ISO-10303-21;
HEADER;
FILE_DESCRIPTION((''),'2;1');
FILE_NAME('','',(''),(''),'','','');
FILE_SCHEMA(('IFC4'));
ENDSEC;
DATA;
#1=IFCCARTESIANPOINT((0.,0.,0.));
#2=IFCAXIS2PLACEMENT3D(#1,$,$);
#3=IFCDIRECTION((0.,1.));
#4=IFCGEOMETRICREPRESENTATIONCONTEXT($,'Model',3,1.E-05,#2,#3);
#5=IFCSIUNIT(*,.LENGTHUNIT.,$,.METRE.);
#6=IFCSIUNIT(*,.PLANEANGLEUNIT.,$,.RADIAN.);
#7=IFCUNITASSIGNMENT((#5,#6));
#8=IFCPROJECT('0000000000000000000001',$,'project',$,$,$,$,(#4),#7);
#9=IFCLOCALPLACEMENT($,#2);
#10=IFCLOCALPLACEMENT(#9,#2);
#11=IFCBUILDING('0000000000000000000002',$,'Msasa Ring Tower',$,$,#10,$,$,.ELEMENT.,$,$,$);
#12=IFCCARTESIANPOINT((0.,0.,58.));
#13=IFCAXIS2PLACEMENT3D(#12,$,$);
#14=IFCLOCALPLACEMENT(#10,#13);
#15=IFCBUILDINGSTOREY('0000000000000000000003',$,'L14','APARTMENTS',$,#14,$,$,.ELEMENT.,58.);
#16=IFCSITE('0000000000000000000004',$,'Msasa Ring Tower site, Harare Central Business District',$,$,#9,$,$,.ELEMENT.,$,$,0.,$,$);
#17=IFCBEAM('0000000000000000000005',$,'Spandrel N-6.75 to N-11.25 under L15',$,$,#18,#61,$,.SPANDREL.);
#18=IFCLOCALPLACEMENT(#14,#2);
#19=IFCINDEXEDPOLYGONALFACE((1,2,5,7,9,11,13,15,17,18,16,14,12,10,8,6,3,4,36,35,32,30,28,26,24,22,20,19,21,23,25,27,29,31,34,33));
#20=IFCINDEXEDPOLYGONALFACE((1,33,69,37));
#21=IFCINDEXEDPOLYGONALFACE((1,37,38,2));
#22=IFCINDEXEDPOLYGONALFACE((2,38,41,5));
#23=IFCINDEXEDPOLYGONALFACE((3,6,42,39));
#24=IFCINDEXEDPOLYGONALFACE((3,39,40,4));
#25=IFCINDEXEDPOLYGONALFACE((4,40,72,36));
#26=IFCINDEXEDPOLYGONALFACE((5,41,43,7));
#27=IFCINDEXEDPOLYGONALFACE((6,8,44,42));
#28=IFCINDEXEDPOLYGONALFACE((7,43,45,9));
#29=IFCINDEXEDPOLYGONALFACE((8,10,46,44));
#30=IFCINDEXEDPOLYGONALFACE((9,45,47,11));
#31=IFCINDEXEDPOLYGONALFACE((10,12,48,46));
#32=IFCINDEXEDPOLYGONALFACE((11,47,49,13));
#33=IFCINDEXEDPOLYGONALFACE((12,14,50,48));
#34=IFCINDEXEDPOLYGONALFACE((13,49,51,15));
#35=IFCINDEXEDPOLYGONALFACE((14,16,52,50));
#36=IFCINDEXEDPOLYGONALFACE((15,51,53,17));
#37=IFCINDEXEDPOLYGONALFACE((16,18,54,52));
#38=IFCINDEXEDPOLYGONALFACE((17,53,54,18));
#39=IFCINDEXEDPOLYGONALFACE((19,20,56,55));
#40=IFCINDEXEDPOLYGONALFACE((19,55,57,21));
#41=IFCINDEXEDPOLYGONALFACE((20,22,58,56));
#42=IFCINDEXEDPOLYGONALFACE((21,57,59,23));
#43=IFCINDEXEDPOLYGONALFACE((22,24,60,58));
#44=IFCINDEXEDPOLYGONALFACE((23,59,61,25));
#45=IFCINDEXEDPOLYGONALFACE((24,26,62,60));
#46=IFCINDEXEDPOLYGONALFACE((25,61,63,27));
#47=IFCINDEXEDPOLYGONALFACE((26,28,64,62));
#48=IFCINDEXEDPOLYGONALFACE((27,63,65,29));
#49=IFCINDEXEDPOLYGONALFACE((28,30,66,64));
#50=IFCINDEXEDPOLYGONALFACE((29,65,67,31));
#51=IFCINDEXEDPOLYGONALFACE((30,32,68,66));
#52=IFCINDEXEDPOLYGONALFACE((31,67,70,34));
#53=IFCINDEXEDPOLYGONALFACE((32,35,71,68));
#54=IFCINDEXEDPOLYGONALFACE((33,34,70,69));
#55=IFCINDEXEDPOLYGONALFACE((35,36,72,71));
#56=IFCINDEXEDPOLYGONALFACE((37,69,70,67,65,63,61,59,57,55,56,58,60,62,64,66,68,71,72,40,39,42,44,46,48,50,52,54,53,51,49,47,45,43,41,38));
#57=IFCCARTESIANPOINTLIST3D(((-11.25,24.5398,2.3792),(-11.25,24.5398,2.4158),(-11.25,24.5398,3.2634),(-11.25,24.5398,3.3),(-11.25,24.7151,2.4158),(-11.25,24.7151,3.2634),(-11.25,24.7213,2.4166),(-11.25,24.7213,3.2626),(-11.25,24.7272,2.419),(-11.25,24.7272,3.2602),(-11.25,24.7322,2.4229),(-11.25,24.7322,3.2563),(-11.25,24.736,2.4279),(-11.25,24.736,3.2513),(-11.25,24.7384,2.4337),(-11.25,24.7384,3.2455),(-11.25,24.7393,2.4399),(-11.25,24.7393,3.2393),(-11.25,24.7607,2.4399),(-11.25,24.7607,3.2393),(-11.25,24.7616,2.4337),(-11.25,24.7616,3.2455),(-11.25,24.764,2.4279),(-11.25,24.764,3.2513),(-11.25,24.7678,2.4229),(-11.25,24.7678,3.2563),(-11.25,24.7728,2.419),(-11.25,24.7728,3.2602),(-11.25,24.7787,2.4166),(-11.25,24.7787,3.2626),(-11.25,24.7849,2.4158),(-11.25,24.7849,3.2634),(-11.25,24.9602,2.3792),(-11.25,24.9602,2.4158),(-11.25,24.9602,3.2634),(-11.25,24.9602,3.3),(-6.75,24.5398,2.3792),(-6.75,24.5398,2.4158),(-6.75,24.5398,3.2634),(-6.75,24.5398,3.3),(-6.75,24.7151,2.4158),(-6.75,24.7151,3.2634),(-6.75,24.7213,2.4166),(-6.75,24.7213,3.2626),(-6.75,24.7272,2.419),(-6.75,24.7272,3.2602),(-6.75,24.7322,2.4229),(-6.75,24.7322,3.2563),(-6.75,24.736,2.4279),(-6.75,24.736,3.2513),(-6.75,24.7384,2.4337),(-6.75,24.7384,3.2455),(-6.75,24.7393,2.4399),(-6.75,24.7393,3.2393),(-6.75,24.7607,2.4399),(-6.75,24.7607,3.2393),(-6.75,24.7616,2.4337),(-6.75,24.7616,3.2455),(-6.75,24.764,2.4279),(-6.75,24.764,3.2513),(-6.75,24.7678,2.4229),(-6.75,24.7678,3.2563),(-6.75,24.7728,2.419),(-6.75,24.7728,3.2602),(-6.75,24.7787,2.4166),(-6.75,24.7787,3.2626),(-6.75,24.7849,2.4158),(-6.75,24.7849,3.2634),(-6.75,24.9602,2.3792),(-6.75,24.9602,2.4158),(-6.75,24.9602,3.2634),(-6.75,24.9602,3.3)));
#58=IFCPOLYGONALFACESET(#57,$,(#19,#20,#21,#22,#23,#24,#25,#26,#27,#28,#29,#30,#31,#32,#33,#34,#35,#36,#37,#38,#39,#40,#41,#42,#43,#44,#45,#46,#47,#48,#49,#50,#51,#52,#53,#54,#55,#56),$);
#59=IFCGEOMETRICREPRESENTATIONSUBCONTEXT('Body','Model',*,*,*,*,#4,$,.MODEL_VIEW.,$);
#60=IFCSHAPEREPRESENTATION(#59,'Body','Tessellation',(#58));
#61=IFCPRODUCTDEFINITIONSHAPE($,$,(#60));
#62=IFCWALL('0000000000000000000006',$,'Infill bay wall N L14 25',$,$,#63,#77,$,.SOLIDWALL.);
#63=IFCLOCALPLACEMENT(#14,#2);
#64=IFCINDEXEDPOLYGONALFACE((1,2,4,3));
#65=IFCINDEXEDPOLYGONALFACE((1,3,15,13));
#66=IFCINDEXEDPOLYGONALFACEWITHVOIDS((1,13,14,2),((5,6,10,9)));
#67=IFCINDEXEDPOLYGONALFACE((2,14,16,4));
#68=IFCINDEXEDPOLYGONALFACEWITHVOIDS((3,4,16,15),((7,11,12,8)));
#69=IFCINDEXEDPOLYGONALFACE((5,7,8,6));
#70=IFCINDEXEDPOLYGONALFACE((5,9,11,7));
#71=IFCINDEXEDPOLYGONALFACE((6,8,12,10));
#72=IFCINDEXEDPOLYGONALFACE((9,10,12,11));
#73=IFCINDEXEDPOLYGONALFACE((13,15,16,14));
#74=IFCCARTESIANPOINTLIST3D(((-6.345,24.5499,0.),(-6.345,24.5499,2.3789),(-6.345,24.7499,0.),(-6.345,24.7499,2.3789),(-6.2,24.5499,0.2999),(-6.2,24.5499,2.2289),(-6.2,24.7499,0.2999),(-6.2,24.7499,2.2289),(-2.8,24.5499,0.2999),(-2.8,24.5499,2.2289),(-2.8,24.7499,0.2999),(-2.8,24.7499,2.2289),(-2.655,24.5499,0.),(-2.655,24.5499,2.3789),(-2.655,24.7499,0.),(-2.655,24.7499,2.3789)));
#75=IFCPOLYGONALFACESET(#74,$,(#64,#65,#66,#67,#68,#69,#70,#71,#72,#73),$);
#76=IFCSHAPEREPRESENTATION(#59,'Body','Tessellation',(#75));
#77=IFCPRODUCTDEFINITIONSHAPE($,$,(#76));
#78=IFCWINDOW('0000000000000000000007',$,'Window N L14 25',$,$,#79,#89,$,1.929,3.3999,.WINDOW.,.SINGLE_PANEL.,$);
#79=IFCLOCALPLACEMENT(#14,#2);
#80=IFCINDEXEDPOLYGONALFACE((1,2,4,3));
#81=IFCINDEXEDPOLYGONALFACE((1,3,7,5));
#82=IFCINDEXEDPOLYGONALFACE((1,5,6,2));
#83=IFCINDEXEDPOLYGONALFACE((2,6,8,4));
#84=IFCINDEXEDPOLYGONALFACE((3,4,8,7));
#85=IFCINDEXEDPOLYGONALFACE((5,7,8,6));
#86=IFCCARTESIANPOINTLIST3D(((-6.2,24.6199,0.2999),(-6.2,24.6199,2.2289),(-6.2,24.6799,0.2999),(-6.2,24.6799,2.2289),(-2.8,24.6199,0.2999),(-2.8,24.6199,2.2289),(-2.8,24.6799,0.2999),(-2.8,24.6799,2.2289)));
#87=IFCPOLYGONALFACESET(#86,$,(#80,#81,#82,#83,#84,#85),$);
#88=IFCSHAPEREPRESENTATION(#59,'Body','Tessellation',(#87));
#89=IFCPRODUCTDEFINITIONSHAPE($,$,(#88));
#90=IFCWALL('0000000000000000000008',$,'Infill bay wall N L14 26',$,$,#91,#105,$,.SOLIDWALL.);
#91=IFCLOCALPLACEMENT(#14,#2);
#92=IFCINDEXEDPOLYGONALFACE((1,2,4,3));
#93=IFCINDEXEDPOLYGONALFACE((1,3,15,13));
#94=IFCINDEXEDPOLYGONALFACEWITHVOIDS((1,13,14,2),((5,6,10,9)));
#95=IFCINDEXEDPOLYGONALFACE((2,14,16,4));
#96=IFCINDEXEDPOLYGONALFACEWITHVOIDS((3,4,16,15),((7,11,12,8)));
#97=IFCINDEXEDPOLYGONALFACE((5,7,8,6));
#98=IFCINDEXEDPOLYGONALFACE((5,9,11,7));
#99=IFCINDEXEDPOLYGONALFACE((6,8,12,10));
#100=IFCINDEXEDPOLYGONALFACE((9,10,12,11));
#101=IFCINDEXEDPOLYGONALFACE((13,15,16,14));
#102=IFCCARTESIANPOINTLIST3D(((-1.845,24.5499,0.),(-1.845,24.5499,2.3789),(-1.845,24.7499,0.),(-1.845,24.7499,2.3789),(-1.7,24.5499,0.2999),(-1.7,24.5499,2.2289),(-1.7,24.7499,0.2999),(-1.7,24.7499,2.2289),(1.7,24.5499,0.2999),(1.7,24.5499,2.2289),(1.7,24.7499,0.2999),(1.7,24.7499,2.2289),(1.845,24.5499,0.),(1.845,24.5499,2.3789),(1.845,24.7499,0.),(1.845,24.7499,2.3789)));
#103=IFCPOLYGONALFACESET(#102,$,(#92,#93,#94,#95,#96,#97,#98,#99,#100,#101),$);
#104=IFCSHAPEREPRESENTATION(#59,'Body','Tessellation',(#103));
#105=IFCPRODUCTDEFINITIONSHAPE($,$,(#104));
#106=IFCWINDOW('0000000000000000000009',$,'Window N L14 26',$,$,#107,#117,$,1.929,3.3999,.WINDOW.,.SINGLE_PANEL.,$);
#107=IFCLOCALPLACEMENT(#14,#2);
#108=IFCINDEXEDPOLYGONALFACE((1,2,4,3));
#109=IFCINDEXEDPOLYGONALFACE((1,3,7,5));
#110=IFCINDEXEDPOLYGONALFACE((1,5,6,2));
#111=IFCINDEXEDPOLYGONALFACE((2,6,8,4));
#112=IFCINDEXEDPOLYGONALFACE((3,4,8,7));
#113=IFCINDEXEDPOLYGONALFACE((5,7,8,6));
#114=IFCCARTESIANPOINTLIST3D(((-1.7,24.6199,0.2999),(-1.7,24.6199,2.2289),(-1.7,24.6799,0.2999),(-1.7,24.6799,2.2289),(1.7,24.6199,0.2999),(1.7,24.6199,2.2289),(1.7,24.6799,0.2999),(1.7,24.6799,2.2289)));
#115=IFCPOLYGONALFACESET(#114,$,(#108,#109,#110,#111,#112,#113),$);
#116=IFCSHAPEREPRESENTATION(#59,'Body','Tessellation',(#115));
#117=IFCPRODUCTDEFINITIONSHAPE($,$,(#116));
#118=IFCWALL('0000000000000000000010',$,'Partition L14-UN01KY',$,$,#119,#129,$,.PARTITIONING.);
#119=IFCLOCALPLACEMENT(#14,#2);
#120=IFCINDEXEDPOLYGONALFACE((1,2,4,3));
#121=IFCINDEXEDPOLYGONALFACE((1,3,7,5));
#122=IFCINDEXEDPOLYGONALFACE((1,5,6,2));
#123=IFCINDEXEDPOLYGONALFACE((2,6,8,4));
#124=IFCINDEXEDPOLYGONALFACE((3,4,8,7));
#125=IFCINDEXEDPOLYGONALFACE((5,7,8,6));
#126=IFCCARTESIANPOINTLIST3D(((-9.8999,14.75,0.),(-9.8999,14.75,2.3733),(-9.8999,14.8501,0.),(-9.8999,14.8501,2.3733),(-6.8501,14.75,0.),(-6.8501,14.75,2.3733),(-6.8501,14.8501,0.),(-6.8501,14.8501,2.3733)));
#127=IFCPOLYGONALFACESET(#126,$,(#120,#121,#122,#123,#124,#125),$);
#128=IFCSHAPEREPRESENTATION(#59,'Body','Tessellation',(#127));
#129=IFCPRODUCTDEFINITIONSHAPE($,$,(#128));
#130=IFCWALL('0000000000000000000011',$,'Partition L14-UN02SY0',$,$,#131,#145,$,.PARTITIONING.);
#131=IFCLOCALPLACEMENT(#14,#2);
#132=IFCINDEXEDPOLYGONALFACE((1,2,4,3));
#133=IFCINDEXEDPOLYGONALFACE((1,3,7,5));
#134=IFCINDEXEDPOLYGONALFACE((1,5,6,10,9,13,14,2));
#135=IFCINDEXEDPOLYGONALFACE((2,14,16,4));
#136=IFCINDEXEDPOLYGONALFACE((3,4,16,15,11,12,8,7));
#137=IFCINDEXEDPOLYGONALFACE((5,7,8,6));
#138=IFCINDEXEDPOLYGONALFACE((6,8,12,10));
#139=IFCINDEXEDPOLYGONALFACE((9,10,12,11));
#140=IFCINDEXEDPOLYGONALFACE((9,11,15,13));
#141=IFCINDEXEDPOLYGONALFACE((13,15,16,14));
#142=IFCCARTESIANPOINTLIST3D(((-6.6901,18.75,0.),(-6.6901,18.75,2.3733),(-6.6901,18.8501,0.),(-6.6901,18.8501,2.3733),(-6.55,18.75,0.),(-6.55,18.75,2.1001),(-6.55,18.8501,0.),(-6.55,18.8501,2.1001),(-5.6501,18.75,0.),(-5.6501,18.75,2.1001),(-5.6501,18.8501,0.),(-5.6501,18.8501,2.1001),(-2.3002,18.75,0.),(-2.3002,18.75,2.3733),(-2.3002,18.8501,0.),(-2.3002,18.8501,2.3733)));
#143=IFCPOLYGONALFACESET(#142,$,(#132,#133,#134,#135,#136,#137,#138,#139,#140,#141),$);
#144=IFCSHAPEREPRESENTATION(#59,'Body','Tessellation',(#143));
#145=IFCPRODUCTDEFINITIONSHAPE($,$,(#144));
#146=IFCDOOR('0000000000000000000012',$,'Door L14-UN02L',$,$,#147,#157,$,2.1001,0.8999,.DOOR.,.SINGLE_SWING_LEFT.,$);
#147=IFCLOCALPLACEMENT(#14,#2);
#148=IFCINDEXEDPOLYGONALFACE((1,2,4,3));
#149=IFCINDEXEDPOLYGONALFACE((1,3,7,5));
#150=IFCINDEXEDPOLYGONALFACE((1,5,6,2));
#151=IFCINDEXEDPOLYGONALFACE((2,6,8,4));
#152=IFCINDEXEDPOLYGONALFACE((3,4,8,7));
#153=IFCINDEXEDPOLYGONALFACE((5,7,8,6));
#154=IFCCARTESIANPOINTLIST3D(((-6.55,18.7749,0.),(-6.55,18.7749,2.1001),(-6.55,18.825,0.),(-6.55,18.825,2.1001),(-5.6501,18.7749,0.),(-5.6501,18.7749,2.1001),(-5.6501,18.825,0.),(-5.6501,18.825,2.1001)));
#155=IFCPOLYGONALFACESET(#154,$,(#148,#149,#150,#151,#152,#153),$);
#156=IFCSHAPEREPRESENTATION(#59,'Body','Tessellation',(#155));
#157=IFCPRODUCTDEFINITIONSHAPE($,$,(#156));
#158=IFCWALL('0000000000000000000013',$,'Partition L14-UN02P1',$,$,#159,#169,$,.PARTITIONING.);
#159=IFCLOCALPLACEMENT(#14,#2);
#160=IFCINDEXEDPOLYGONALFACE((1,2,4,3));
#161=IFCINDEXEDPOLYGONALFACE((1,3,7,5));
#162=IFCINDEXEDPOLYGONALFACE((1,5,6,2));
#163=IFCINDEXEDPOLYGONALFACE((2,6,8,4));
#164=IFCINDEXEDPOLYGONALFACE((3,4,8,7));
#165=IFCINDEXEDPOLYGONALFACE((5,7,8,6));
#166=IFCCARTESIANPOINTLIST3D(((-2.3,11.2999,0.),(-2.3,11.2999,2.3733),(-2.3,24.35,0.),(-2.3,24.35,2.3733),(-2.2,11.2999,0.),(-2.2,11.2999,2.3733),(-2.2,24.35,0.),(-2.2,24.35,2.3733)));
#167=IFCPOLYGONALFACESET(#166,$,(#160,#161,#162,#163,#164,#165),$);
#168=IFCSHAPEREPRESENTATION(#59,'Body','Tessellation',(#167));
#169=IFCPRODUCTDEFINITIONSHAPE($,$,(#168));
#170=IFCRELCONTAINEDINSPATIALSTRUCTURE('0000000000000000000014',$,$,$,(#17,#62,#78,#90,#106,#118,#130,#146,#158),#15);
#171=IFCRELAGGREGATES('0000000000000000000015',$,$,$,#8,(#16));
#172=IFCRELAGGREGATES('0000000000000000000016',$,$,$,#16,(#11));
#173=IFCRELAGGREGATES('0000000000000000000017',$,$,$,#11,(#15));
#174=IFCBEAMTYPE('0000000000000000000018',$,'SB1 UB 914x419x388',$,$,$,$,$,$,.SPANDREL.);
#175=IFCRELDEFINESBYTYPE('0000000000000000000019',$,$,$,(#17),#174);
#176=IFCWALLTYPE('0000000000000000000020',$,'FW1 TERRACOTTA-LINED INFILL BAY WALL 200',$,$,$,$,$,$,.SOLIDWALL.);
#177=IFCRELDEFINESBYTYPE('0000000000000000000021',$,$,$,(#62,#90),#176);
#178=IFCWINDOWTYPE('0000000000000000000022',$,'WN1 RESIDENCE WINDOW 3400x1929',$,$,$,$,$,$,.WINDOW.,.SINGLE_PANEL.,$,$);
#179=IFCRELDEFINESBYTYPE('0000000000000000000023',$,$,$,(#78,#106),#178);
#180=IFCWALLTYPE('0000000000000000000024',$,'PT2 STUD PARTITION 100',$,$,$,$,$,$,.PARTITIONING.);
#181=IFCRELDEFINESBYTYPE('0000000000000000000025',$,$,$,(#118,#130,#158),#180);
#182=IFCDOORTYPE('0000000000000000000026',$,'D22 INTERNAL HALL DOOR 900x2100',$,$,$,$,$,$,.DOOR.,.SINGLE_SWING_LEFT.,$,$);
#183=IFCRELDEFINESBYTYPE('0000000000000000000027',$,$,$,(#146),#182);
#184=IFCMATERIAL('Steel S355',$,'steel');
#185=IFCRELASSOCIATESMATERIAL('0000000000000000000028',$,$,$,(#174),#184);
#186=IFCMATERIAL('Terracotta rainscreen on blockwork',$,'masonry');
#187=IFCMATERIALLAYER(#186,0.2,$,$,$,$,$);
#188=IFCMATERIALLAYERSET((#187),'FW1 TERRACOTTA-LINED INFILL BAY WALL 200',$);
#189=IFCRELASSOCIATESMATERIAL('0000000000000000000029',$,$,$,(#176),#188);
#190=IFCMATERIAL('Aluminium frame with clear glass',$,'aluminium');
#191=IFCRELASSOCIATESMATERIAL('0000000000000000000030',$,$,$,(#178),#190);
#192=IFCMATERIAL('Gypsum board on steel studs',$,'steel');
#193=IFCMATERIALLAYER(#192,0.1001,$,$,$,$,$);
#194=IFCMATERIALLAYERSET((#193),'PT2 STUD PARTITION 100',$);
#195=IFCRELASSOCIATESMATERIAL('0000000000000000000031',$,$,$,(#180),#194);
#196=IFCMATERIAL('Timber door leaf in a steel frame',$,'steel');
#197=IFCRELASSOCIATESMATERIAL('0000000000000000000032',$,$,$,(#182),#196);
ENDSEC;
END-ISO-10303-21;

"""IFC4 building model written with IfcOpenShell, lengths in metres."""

from ifc_helpers import new_model, si_unit, direction, frame, frame_2d, origin, origin_2d, place, context, subcontext, project, spatial, rectangle, i_section, extrude, material, layer, layer_set, material_profile, profile_set, type_object, element, fill, save


model = new_model("IFC4")

# Units and contexts
model_context = context("Model", 3, precision=1e-05, world=origin(), true_north=direction((0.0, 1.0)))
body_context = subcontext(model_context, "Body", "Model", "MODEL_VIEW")
ifc_project = project(units=[si_unit("LENGTHUNIT", "METRE"), si_unit("PLANEANGLEUNIT", "RADIAN")], contexts=[model_context])

# Site, building, storey
site_placement = place(None, origin())
site = spatial("IfcSite", under=ifc_project, at=site_placement, Name="Msasa Ring Tower site, Harare Central Business District", CompositionType="ELEMENT", RefElevation=0.0)
building_placement = place(site_placement, origin())
building = spatial("IfcBuilding", under=site, at=building_placement, Name="Msasa Ring Tower", CompositionType="ELEMENT")
storey_placement = place(building_placement, frame((0.0, 0.0, 58.0)))
storey = spatial("IfcBuildingStorey", under=building, at=storey_placement, Name="L14", Description="APARTMENTS", CompositionType="ELEMENT", Elevation=58.0)

# Beam
ifc_material_1 = material(Name="Steel S355", Category="steel")
ifc_material_profile_1 = material_profile(ifc_material_1, i_section(OverallWidth=0.4204, OverallDepth=0.9209, WebThickness=0.0215, FlangeThickness=0.0366, FilletRadius=0.0242, at=origin_2d()), Name="UB 914x419x388")
ifc_profile_set_1 = profile_set([ifc_material_profile_1], Name="Steel S355")
beam_type_1 = type_object("IfcBeamType", Name="SB1 UB 914x419x388", PredefinedType="SPANDREL", material=ifc_profile_set_1)
for number, where, z_axis, x_axis, name in (
    (1, (-6.75, 24.75, 2.8396), (-1.0, 0.0, 0.0), (0.0, -1.0, 0.0), "Spandrel N-6.75 to N-11.25 under L15"),
):
    element("IfcBeam", number, at=place(storey_placement, frame(where, z_axis=z_axis, x_axis=x_axis)), inside=storey, type_object=beam_type_1, Name=name, PredefinedType="SPANDREL", context=body_context, shape_type="SweptSolid", body=[
        extrude(i_section(OverallWidth=0.4204, OverallDepth=0.9209, WebThickness=0.0215, FlangeThickness=0.0366, FilletRadius=0.0242, at=origin_2d()), origin(), (0.0, 0.0, 1.0), 4.5),
    ])

# Walls, openings, windows
ifc_material_2 = material(Name="Terracotta rainscreen on blockwork", Category="masonry")
ifc_layer_1 = layer(ifc_material_2, 0.2)
ifc_layer_set_1 = layer_set([ifc_layer_1], Name="FW1 TERRACOTTA-LINED INFILL BAY WALL 200")
wall_type_1 = type_object("IfcWallType", Name="FW1 TERRACOTTA-LINED INFILL BAY WALL 200", PredefinedType="SOLIDWALL", material=ifc_layer_set_1)
wall_1_placement = place(storey_placement, frame((-6.345, 24.6499, 0.0), z_axis=(0.0, 0.0, 1.0), x_axis=(1.0, 0.0, 0.0)))
wall_1 = element("IfcWall", 2, at=wall_1_placement, inside=storey, type_object=wall_type_1, Name="Infill bay wall N L14 25", PredefinedType="SOLIDWALL", context=body_context, shape_type="SweptSolid", body=[
    extrude(rectangle(XDim=3.6899, YDim=0.2, at=frame_2d((1.845, 0.0))), origin(), (0.0, 0.0, 1.0), 2.3789),
])
opening_1_placement = place(wall_1_placement, frame((0.145, 0.0, 0.3)))
opening_1 = element("IfcOpeningElement", 3, at=opening_1_placement, cuts=wall_1, PredefinedType="OPENING", context=body_context, shape_type="SweptSolid", body=[
    extrude(rectangle(XDim=3.3999, YDim=1.929, at=frame_2d((1.7, 0.9644))), frame((0.0, 0.1099, 0.0), z_axis=(0.0, -1.0, 0.0), x_axis=(1.0, 0.0, 0.0)), (0.0, 0.0, 1.0), 0.22),
])
ifc_material_3 = material(Name="Aluminium frame with clear glass", Category="aluminium")
window_type = type_object("IfcWindowType", Name="WN1 RESIDENCE WINDOW 3400x1929", PartitioningType="SINGLE_PANEL", PredefinedType="WINDOW", material=ifc_material_3)
window_1_placement = place(opening_1_placement, origin())
window_1 = element("IfcWindow", 4, at=window_1_placement, inside=storey, type_object=window_type, Name="Window N L14 25", OverallHeight=1.929, OverallWidth=3.3999, PartitioningType="SINGLE_PANEL", PredefinedType="WINDOW", context=body_context, shape_type="SweptSolid", body=[
    extrude(rectangle(XDim=3.3999, YDim=1.929, at=frame_2d((1.7, 0.9644))), frame((0.0, 0.03, 0.0), z_axis=(0.0, -1.0, 0.0), x_axis=(1.0, 0.0, 0.0)), (0.0, 0.0, 1.0), 0.0601),
])
fill(opening_1, window_1)
wall_2_placement = place(storey_placement, frame((-1.845, 24.6499, 0.0), z_axis=(0.0, 0.0, 1.0), x_axis=(1.0, 0.0, 0.0)))
wall_2 = element("IfcWall", 5, at=wall_2_placement, inside=storey, type_object=wall_type_1, Name="Infill bay wall N L14 26", PredefinedType="SOLIDWALL", context=body_context, shape_type="SweptSolid", body=[
    extrude(rectangle(XDim=3.6899, YDim=0.2, at=frame_2d((1.845, 0.0))), origin(), (0.0, 0.0, 1.0), 2.3789),
])
opening_2_placement = place(wall_2_placement, frame((0.145, 0.0, 0.3)))
opening_2 = element("IfcOpeningElement", 6, at=opening_2_placement, cuts=wall_2, PredefinedType="OPENING", context=body_context, shape_type="SweptSolid", body=[
    extrude(rectangle(XDim=3.3999, YDim=1.929, at=frame_2d((1.7, 0.9644))), frame((0.0, 0.1099, 0.0), z_axis=(0.0, -1.0, 0.0), x_axis=(1.0, 0.0, 0.0)), (0.0, 0.0, 1.0), 0.22),
])
window_2_placement = place(opening_2_placement, origin())
window_2 = element("IfcWindow", 7, at=window_2_placement, inside=storey, type_object=window_type, Name="Window N L14 26", OverallHeight=1.929, OverallWidth=3.3999, PartitioningType="SINGLE_PANEL", PredefinedType="WINDOW", context=body_context, shape_type="SweptSolid", body=[
    extrude(rectangle(XDim=3.3999, YDim=1.929, at=frame_2d((1.7, 0.9644))), frame((0.0, 0.03, 0.0), z_axis=(0.0, -1.0, 0.0), x_axis=(1.0, 0.0, 0.0)), (0.0, 0.0, 1.0), 0.0601),
])
fill(opening_2, window_2)

# Wall
ifc_material_4 = material(Name="Gypsum board on steel studs", Category="steel")
ifc_layer_2 = layer(ifc_material_4, 0.1001)
ifc_layer_set_2 = layer_set([ifc_layer_2], Name="PT2 STUD PARTITION 100")
wall_type_2 = type_object("IfcWallType", Name="PT2 STUD PARTITION 100", PredefinedType="PARTITIONING", material=ifc_layer_set_2)
wall_3_placement = place(storey_placement, frame((-9.8999, 14.8, 0.0), z_axis=(0.0, 0.0, 1.0), x_axis=(1.0, 0.0, 0.0)))
element("IfcWall", 8, at=wall_3_placement, inside=storey, type_object=wall_type_2, Name="Partition L14-UN01KY", PredefinedType="PARTITIONING", context=body_context, shape_type="SweptSolid", body=[
    extrude(rectangle(XDim=3.0498, YDim=0.1001, at=frame_2d((1.5249, 0.0))), origin(), (0.0, 0.0, 1.0), 2.3733),
])

# Wall, opening, door
wall_4_placement = place(storey_placement, frame((-6.6899, 18.8, 0.0), z_axis=(0.0, 0.0, 1.0), x_axis=(1.0, 0.0, 0.0)))
wall_4 = element("IfcWall", 9, at=wall_4_placement, inside=storey, type_object=wall_type_2, Name="Partition L14-UN02SY0", PredefinedType="PARTITIONING", context=body_context, shape_type="SweptSolid", body=[
    extrude(rectangle(XDim=4.3899, YDim=0.1001, at=frame_2d((2.1948, 0.0))), origin(), (0.0, 0.0, 1.0), 2.3733),
])
opening_3_placement = place(wall_4_placement, frame((0.1399, 0.0, 0.0)))
opening_3 = element("IfcOpeningElement", 10, at=opening_3_placement, cuts=wall_4, PredefinedType="OPENING", context=body_context, shape_type="SweptSolid", body=[
    extrude(rectangle(XDim=0.8999, YDim=2.1001, at=frame_2d((0.45, 1.05))), frame((0.0, 0.0601, 0.0), z_axis=(0.0, -1.0, 0.0), x_axis=(1.0, 0.0, 0.0)), (0.0, 0.0, 1.0), 0.1201),
])
ifc_material_5 = material(Name="Timber door leaf in a steel frame", Category="steel")
door_type_1 = type_object("IfcDoorType", Name="D22 INTERNAL HALL DOOR 900x2100", OperationType="SINGLE_SWING_LEFT", PredefinedType="DOOR", material=ifc_material_5)
door_1_placement = place(opening_3_placement, origin())
door_1 = element("IfcDoor", 11, at=door_1_placement, inside=storey, type_object=door_type_1, Name="Door L14-UN02L", OperationType="SINGLE_SWING_LEFT", OverallHeight=2.1001, OverallWidth=0.8999, PredefinedType="DOOR", context=body_context, shape_type="SweptSolid", body=[
    extrude(rectangle(XDim=0.8999, YDim=2.1001, at=frame_2d((0.45, 1.05))), frame((0.0, 0.0249, 0.0), z_axis=(0.0, -1.0, 0.0), x_axis=(1.0, 0.0, 0.0)), (0.0, 0.0, 1.0), 0.05),
])
fill(opening_3, door_1)

# Wall
wall_5_placement = place(storey_placement, frame((-2.25, 11.3, 0.0), z_axis=(0.0, 0.0, 1.0), x_axis=(0.0, 1.0, 0.0)))
element("IfcWall", 12, at=wall_5_placement, inside=storey, type_object=wall_type_2, Name="Partition L14-UN02P1", PredefinedType="PARTITIONING", context=body_context, shape_type="SweptSolid", body=[
    extrude(rectangle(XDim=13.05, YDim=0.1001, at=frame_2d((6.5249, 0.0))), origin(), (0.0, 0.0, 1.0), 2.3733),
])

save(model, "model.ifc")
